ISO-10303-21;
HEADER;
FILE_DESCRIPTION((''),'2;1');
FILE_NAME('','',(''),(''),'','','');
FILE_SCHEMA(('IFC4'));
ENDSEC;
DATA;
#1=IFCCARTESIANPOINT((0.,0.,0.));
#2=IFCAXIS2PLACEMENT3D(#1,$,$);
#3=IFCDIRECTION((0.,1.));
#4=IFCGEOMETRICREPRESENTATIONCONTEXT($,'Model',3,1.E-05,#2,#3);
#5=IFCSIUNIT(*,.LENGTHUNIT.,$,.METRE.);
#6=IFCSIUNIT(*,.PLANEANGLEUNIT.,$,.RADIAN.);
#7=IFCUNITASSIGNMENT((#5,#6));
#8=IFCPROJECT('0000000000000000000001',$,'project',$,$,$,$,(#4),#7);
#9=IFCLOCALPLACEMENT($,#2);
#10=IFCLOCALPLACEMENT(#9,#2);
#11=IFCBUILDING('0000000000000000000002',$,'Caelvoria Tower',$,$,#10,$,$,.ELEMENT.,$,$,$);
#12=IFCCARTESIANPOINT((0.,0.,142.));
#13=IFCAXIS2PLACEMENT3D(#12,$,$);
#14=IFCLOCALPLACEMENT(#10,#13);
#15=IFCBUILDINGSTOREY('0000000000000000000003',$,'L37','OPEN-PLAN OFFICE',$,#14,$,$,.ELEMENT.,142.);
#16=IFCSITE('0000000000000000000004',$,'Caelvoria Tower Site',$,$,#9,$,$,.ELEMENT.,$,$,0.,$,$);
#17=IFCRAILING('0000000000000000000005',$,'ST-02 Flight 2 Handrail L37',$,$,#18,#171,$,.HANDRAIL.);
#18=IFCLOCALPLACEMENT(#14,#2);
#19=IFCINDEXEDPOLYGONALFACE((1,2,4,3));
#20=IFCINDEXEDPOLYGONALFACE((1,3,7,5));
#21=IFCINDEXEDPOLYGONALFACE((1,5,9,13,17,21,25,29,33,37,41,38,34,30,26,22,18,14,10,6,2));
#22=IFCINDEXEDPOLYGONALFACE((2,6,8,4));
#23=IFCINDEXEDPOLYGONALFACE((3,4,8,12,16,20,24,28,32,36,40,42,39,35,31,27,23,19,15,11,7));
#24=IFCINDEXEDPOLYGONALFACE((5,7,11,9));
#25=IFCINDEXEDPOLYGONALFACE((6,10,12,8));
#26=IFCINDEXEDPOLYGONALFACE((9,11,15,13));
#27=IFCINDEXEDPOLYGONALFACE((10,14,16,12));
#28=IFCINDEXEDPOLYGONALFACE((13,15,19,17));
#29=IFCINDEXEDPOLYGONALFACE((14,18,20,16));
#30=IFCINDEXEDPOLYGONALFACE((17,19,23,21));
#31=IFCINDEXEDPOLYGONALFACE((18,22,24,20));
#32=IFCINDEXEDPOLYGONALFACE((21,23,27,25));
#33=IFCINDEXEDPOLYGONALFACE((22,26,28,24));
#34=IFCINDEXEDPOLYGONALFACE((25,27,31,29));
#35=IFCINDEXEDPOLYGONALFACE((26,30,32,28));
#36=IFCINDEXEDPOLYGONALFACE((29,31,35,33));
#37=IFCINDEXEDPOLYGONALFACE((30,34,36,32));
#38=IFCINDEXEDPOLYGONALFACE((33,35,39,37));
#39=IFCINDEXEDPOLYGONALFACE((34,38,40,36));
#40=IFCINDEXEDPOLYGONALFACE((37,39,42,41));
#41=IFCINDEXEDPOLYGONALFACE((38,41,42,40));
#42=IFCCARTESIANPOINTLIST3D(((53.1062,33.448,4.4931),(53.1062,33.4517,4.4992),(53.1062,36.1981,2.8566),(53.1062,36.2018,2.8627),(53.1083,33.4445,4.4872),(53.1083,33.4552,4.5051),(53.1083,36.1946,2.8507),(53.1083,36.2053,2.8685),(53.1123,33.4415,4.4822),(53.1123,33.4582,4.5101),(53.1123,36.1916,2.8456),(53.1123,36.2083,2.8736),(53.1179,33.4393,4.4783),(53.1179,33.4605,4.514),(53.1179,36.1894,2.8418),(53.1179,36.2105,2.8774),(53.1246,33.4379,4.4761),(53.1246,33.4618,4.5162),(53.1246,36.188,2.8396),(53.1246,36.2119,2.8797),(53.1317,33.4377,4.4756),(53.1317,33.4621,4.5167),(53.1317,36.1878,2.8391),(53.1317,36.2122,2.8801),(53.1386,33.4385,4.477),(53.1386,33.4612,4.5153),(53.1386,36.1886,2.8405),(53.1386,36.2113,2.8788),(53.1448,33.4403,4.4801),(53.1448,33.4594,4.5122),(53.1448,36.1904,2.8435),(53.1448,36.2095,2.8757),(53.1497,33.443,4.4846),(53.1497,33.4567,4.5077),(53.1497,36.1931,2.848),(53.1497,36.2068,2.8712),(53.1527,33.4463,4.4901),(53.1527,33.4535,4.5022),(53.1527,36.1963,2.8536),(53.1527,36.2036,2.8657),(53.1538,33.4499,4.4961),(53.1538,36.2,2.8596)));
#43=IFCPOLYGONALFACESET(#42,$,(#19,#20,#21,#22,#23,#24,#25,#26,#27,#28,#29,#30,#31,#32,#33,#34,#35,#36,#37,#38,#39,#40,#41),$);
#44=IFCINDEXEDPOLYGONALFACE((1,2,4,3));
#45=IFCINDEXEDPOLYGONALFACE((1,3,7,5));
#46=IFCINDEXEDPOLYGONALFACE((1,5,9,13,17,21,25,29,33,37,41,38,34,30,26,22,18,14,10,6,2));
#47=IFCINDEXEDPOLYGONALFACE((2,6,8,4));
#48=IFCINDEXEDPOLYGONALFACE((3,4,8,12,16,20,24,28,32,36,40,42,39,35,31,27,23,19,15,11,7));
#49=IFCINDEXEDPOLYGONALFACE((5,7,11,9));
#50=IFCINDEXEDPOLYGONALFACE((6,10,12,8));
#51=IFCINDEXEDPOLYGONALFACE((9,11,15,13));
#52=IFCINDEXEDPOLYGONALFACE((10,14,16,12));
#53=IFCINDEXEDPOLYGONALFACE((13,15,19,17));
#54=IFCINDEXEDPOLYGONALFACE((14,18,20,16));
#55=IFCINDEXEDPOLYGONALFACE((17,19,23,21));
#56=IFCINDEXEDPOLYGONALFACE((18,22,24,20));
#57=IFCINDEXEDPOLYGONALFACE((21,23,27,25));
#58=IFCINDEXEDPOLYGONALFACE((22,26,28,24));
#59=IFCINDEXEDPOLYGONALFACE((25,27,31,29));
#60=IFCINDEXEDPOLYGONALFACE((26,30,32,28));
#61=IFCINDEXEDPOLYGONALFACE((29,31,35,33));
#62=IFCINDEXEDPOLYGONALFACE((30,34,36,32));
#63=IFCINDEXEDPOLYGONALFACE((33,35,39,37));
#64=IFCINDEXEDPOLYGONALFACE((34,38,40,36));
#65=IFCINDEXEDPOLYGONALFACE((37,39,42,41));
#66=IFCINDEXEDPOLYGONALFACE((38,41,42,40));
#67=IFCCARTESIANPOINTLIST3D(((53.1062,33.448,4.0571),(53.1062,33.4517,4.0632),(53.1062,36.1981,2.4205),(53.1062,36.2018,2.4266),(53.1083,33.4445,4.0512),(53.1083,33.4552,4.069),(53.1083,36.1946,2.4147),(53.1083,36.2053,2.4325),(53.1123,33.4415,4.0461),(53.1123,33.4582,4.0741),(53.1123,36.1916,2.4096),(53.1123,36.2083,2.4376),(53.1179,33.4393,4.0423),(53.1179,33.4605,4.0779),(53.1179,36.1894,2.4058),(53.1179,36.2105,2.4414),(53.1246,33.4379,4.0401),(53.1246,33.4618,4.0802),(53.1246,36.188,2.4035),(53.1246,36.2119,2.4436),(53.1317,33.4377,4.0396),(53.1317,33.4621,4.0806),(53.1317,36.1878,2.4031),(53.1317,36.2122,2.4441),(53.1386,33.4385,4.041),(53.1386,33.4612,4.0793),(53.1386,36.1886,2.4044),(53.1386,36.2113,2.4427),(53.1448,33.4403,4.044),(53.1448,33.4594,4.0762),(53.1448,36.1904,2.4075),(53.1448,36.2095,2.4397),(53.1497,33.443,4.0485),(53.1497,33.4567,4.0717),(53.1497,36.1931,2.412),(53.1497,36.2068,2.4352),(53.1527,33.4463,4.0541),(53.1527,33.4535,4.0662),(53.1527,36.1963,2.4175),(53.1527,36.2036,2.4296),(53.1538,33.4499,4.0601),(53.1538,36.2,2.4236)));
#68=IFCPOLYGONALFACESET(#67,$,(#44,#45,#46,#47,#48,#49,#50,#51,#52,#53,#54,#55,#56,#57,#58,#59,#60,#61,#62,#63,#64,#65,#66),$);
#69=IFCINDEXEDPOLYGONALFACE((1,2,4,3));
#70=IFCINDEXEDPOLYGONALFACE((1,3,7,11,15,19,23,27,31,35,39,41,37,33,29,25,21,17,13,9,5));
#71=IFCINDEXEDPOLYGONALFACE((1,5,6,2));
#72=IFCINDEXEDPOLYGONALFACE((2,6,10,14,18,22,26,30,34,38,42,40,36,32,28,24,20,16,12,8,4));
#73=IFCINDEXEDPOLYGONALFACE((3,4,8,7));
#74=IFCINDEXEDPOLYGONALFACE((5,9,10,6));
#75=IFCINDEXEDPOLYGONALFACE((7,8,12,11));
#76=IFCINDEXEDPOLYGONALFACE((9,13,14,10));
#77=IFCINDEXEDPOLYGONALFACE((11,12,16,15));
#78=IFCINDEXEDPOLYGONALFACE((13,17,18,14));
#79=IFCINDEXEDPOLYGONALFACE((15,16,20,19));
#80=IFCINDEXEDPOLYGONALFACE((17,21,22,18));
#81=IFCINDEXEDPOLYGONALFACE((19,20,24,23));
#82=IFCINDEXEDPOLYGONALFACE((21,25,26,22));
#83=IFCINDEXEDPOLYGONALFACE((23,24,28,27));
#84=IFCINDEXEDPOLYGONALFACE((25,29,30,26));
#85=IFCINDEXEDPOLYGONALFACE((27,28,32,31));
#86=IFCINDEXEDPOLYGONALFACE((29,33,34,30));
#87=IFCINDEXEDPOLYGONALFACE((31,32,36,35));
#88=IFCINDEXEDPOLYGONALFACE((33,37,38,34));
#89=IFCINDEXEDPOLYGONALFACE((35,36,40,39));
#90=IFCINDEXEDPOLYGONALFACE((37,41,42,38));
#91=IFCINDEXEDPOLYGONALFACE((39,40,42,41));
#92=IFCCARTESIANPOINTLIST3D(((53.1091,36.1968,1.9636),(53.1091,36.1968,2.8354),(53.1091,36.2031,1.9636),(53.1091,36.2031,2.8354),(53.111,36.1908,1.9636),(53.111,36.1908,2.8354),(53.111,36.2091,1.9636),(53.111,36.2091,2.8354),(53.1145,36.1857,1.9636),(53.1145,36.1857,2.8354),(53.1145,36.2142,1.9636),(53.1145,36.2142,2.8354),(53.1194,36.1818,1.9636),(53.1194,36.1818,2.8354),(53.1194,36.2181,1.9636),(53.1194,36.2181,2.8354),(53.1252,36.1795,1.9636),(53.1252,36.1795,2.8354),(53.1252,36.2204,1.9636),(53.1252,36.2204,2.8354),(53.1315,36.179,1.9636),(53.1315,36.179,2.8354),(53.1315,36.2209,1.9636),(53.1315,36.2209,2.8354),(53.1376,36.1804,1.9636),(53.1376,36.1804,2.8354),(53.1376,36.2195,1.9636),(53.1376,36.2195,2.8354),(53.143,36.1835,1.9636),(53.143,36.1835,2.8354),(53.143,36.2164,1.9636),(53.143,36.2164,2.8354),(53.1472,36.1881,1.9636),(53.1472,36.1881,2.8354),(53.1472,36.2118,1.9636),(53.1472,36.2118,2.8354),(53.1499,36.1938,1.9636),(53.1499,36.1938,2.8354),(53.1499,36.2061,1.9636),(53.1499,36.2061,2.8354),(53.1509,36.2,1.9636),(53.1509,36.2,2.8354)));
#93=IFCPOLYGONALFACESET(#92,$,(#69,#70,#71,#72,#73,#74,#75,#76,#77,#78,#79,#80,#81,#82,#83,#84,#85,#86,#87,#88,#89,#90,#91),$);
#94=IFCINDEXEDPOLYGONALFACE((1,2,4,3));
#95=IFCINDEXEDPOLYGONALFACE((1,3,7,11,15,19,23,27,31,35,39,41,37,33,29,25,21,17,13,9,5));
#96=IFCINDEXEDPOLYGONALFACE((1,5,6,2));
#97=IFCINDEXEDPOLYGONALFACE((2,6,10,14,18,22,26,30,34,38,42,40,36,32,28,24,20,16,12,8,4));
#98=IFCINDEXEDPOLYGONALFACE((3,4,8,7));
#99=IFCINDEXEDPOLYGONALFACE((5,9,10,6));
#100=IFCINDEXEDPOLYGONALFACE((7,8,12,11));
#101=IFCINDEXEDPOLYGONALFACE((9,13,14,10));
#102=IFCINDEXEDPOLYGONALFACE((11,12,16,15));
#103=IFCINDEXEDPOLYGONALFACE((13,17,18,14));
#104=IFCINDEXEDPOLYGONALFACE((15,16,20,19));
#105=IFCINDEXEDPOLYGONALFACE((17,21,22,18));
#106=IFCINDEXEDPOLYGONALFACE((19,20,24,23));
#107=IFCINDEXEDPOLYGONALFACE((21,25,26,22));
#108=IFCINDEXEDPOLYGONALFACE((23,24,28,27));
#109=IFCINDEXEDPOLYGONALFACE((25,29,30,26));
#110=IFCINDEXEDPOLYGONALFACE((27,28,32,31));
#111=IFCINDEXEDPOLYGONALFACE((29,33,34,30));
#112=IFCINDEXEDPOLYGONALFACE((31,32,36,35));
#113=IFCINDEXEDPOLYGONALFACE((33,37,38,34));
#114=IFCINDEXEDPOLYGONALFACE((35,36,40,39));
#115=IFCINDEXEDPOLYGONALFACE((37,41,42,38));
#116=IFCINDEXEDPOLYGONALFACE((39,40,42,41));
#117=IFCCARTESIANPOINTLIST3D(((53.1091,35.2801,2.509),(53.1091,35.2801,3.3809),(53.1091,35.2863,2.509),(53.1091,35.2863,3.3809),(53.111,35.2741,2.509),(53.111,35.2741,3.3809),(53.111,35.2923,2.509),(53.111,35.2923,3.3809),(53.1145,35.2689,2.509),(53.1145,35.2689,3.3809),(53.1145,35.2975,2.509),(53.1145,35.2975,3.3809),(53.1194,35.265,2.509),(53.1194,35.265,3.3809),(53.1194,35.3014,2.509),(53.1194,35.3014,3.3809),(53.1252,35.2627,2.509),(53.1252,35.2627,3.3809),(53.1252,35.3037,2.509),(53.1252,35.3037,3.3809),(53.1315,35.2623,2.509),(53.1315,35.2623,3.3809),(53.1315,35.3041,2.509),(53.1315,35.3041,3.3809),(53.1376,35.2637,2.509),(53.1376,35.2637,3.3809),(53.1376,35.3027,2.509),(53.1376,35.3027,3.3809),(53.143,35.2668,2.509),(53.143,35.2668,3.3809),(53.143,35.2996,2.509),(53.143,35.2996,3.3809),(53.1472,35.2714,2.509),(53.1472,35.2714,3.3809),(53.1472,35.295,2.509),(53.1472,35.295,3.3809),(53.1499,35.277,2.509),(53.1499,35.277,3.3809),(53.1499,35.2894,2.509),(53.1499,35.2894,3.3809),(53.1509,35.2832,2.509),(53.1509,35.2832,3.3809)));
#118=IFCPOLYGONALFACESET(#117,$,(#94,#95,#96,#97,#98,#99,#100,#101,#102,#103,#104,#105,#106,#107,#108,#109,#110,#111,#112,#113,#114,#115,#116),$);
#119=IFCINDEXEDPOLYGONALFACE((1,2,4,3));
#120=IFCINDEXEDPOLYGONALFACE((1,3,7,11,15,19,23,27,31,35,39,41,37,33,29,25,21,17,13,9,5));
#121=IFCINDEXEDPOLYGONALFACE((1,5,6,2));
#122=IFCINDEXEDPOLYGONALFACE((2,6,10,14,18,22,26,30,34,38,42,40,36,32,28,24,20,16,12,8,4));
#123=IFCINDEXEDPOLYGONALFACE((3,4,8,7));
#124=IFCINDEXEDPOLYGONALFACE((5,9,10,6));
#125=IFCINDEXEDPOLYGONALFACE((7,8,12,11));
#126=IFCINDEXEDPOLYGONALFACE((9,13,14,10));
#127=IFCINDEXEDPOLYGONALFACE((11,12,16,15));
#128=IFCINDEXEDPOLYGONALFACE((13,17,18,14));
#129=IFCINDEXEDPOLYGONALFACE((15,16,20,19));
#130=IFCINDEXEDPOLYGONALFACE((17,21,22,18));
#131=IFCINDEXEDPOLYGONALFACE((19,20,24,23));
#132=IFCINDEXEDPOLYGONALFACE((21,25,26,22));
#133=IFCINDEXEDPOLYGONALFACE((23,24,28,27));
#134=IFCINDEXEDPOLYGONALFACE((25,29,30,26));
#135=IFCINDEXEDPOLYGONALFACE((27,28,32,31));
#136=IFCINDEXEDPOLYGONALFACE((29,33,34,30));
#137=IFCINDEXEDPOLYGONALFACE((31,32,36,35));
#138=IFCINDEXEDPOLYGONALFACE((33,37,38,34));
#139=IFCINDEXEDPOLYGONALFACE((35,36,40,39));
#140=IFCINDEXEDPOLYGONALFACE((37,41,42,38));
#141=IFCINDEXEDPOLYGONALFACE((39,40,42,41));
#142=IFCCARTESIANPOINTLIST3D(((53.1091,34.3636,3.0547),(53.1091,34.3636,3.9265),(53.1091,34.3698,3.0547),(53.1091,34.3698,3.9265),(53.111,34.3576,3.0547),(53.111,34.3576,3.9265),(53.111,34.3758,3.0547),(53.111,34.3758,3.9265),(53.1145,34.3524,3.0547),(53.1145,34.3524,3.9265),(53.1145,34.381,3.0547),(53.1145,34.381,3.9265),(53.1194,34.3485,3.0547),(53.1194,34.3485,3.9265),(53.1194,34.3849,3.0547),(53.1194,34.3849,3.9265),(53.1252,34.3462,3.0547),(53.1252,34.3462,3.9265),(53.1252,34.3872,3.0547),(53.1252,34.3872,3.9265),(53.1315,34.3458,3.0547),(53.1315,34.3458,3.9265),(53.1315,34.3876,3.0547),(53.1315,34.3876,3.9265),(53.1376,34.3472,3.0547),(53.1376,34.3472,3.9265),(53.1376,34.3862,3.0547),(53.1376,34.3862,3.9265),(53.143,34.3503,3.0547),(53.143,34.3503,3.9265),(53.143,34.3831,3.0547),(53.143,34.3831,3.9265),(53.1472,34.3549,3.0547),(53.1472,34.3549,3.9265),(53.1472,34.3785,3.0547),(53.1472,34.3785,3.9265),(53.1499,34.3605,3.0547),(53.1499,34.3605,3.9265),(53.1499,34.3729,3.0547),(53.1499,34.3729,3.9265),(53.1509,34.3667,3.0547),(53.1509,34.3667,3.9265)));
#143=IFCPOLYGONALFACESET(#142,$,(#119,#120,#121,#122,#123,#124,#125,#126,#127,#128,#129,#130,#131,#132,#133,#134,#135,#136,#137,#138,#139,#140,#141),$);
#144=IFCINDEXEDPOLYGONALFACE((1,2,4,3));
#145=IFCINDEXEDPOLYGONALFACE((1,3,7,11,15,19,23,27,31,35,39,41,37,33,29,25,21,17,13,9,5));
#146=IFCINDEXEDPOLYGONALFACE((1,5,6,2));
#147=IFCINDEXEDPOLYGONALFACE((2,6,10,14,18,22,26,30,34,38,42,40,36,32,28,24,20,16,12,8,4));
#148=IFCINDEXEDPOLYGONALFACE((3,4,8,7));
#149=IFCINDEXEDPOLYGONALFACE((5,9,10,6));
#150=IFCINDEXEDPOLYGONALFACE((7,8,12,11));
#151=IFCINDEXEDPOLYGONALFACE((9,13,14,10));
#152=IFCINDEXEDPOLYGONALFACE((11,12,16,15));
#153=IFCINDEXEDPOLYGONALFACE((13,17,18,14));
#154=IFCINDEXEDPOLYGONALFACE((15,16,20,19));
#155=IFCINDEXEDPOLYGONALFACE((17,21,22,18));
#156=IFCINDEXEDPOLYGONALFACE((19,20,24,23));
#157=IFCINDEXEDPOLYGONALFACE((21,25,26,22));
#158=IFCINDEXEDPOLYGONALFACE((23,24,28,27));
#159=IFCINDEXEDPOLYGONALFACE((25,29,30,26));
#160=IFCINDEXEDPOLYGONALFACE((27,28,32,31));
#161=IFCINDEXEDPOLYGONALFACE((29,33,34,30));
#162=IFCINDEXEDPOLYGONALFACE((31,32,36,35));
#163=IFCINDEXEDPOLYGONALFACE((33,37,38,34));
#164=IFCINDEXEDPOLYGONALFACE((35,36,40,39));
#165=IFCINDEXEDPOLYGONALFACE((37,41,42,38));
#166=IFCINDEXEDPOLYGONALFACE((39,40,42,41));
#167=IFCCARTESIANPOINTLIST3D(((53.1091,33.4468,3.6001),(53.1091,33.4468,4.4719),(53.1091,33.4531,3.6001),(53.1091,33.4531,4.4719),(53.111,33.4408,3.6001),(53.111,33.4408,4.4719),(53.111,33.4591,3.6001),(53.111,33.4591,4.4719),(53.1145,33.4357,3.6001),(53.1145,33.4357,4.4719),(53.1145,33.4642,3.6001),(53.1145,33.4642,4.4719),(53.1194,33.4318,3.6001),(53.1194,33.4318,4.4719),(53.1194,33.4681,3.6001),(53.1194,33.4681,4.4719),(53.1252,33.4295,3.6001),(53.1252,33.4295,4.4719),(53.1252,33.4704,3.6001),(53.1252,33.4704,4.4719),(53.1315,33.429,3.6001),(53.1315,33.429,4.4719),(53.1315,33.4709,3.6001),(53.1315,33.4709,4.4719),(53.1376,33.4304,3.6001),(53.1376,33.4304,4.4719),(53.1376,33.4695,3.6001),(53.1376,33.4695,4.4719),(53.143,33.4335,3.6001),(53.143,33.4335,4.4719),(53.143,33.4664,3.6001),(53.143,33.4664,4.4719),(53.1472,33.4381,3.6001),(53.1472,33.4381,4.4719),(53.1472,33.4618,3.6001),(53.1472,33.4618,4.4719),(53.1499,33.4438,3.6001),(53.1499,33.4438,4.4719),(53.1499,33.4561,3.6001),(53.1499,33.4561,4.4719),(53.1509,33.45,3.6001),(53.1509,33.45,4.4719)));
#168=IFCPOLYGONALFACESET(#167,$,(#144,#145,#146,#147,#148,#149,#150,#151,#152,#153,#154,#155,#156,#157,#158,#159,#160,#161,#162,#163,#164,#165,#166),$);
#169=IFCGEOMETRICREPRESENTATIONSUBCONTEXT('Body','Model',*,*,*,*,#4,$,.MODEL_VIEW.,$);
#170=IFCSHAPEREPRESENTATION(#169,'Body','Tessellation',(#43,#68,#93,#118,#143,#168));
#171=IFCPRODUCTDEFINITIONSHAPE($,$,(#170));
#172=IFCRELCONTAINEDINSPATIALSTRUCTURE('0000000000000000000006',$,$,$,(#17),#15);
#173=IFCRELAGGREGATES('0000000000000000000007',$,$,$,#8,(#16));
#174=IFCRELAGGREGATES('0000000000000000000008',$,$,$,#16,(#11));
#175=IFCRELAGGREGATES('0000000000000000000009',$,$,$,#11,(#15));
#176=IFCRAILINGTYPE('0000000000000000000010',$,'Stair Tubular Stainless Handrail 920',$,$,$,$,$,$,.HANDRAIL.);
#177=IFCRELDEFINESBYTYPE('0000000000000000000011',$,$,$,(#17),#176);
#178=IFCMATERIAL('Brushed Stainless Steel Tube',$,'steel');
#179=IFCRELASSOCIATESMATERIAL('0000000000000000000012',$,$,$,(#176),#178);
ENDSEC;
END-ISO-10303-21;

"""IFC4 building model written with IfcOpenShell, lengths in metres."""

from ifc_helpers import new_model, si_unit, direction, frame, origin, origin_2d, place, context, subcontext, project, spatial, circle, extrude, material, type_object, element, save


model = new_model("IFC4")

# Units and contexts
model_context = context("Model", 3, precision=1e-05, world=origin(), true_north=direction((0.0, 1.0)))
body_context = subcontext(model_context, "Body", "Model", "MODEL_VIEW")
ifc_project = project(units=[si_unit("LENGTHUNIT", "METRE"), si_unit("PLANEANGLEUNIT", "RADIAN")], contexts=[model_context])

# Site, building, storey
site_placement = place(None, origin())
site = spatial("IfcSite", under=ifc_project, at=site_placement, Name="Caelvoria Tower Site", CompositionType="ELEMENT", RefElevation=0.0)
building_placement = place(site_placement, origin())
building = spatial("IfcBuilding", under=site, at=building_placement, Name="Caelvoria Tower", CompositionType="ELEMENT")
storey_placement = place(building_placement, frame((0.0, 0.0, 142.0)))
storey = spatial("IfcBuildingStorey", under=building, at=storey_placement, Name="L37", Description="OPEN-PLAN OFFICE", CompositionType="ELEMENT", Elevation=142.0)

# Railing
ifc_material_1 = material(Name="Brushed Stainless Steel Tube", Category="steel")
railing_type_1 = type_object("IfcRailingType", Name="Stair Tubular Stainless Handrail 920", PredefinedType="HANDRAIL", material=ifc_material_1)
railing_1_placement = place(storey_placement, frame((53.1299, 36.2, 1.9636)))
element("IfcRailing", 1, at=railing_1_placement, inside=storey, type_object=railing_type_1, Name="ST-02 Flight 2 Handrail L37", PredefinedType="HANDRAIL", context=body_context, shape_type="SweptSolid", body=[
    extrude(circle(Radius=0.0239, at=origin_2d()), frame((0.0, 0.0, 0.896), z_axis=(0.0, -0.859352, 0.511385), x_axis=(1.0, 0.0, 0.0)), (0.0, 0.0, 1.0), 3.2002),
    extrude(circle(Radius=0.0239, at=origin_2d()), frame((0.0, 0.0, 0.46), z_axis=(0.0, -0.859352, 0.511385), x_axis=(1.0, 0.0, 0.0)), (0.0, 0.0, 1.0), 3.2002),
    extrude(circle(Radius=0.021, at=origin_2d()), origin(), (0.0, 0.0, 1.0), 0.8718),
    extrude(circle(Radius=0.021, at=origin_2d()), frame((0.0, -0.9167, 0.5454)), (0.0, 0.0, 1.0), 0.8718),
    extrude(circle(Radius=0.021, at=origin_2d()), frame((0.0, -1.8333, 1.0911)), (0.0, 0.0, 1.0), 0.8718),
    extrude(circle(Radius=0.021, at=origin_2d()), frame((0.0, -2.75, 1.6365)), (0.0, 0.0, 1.0), 0.8718),
])

save(model, "model.ifc")
